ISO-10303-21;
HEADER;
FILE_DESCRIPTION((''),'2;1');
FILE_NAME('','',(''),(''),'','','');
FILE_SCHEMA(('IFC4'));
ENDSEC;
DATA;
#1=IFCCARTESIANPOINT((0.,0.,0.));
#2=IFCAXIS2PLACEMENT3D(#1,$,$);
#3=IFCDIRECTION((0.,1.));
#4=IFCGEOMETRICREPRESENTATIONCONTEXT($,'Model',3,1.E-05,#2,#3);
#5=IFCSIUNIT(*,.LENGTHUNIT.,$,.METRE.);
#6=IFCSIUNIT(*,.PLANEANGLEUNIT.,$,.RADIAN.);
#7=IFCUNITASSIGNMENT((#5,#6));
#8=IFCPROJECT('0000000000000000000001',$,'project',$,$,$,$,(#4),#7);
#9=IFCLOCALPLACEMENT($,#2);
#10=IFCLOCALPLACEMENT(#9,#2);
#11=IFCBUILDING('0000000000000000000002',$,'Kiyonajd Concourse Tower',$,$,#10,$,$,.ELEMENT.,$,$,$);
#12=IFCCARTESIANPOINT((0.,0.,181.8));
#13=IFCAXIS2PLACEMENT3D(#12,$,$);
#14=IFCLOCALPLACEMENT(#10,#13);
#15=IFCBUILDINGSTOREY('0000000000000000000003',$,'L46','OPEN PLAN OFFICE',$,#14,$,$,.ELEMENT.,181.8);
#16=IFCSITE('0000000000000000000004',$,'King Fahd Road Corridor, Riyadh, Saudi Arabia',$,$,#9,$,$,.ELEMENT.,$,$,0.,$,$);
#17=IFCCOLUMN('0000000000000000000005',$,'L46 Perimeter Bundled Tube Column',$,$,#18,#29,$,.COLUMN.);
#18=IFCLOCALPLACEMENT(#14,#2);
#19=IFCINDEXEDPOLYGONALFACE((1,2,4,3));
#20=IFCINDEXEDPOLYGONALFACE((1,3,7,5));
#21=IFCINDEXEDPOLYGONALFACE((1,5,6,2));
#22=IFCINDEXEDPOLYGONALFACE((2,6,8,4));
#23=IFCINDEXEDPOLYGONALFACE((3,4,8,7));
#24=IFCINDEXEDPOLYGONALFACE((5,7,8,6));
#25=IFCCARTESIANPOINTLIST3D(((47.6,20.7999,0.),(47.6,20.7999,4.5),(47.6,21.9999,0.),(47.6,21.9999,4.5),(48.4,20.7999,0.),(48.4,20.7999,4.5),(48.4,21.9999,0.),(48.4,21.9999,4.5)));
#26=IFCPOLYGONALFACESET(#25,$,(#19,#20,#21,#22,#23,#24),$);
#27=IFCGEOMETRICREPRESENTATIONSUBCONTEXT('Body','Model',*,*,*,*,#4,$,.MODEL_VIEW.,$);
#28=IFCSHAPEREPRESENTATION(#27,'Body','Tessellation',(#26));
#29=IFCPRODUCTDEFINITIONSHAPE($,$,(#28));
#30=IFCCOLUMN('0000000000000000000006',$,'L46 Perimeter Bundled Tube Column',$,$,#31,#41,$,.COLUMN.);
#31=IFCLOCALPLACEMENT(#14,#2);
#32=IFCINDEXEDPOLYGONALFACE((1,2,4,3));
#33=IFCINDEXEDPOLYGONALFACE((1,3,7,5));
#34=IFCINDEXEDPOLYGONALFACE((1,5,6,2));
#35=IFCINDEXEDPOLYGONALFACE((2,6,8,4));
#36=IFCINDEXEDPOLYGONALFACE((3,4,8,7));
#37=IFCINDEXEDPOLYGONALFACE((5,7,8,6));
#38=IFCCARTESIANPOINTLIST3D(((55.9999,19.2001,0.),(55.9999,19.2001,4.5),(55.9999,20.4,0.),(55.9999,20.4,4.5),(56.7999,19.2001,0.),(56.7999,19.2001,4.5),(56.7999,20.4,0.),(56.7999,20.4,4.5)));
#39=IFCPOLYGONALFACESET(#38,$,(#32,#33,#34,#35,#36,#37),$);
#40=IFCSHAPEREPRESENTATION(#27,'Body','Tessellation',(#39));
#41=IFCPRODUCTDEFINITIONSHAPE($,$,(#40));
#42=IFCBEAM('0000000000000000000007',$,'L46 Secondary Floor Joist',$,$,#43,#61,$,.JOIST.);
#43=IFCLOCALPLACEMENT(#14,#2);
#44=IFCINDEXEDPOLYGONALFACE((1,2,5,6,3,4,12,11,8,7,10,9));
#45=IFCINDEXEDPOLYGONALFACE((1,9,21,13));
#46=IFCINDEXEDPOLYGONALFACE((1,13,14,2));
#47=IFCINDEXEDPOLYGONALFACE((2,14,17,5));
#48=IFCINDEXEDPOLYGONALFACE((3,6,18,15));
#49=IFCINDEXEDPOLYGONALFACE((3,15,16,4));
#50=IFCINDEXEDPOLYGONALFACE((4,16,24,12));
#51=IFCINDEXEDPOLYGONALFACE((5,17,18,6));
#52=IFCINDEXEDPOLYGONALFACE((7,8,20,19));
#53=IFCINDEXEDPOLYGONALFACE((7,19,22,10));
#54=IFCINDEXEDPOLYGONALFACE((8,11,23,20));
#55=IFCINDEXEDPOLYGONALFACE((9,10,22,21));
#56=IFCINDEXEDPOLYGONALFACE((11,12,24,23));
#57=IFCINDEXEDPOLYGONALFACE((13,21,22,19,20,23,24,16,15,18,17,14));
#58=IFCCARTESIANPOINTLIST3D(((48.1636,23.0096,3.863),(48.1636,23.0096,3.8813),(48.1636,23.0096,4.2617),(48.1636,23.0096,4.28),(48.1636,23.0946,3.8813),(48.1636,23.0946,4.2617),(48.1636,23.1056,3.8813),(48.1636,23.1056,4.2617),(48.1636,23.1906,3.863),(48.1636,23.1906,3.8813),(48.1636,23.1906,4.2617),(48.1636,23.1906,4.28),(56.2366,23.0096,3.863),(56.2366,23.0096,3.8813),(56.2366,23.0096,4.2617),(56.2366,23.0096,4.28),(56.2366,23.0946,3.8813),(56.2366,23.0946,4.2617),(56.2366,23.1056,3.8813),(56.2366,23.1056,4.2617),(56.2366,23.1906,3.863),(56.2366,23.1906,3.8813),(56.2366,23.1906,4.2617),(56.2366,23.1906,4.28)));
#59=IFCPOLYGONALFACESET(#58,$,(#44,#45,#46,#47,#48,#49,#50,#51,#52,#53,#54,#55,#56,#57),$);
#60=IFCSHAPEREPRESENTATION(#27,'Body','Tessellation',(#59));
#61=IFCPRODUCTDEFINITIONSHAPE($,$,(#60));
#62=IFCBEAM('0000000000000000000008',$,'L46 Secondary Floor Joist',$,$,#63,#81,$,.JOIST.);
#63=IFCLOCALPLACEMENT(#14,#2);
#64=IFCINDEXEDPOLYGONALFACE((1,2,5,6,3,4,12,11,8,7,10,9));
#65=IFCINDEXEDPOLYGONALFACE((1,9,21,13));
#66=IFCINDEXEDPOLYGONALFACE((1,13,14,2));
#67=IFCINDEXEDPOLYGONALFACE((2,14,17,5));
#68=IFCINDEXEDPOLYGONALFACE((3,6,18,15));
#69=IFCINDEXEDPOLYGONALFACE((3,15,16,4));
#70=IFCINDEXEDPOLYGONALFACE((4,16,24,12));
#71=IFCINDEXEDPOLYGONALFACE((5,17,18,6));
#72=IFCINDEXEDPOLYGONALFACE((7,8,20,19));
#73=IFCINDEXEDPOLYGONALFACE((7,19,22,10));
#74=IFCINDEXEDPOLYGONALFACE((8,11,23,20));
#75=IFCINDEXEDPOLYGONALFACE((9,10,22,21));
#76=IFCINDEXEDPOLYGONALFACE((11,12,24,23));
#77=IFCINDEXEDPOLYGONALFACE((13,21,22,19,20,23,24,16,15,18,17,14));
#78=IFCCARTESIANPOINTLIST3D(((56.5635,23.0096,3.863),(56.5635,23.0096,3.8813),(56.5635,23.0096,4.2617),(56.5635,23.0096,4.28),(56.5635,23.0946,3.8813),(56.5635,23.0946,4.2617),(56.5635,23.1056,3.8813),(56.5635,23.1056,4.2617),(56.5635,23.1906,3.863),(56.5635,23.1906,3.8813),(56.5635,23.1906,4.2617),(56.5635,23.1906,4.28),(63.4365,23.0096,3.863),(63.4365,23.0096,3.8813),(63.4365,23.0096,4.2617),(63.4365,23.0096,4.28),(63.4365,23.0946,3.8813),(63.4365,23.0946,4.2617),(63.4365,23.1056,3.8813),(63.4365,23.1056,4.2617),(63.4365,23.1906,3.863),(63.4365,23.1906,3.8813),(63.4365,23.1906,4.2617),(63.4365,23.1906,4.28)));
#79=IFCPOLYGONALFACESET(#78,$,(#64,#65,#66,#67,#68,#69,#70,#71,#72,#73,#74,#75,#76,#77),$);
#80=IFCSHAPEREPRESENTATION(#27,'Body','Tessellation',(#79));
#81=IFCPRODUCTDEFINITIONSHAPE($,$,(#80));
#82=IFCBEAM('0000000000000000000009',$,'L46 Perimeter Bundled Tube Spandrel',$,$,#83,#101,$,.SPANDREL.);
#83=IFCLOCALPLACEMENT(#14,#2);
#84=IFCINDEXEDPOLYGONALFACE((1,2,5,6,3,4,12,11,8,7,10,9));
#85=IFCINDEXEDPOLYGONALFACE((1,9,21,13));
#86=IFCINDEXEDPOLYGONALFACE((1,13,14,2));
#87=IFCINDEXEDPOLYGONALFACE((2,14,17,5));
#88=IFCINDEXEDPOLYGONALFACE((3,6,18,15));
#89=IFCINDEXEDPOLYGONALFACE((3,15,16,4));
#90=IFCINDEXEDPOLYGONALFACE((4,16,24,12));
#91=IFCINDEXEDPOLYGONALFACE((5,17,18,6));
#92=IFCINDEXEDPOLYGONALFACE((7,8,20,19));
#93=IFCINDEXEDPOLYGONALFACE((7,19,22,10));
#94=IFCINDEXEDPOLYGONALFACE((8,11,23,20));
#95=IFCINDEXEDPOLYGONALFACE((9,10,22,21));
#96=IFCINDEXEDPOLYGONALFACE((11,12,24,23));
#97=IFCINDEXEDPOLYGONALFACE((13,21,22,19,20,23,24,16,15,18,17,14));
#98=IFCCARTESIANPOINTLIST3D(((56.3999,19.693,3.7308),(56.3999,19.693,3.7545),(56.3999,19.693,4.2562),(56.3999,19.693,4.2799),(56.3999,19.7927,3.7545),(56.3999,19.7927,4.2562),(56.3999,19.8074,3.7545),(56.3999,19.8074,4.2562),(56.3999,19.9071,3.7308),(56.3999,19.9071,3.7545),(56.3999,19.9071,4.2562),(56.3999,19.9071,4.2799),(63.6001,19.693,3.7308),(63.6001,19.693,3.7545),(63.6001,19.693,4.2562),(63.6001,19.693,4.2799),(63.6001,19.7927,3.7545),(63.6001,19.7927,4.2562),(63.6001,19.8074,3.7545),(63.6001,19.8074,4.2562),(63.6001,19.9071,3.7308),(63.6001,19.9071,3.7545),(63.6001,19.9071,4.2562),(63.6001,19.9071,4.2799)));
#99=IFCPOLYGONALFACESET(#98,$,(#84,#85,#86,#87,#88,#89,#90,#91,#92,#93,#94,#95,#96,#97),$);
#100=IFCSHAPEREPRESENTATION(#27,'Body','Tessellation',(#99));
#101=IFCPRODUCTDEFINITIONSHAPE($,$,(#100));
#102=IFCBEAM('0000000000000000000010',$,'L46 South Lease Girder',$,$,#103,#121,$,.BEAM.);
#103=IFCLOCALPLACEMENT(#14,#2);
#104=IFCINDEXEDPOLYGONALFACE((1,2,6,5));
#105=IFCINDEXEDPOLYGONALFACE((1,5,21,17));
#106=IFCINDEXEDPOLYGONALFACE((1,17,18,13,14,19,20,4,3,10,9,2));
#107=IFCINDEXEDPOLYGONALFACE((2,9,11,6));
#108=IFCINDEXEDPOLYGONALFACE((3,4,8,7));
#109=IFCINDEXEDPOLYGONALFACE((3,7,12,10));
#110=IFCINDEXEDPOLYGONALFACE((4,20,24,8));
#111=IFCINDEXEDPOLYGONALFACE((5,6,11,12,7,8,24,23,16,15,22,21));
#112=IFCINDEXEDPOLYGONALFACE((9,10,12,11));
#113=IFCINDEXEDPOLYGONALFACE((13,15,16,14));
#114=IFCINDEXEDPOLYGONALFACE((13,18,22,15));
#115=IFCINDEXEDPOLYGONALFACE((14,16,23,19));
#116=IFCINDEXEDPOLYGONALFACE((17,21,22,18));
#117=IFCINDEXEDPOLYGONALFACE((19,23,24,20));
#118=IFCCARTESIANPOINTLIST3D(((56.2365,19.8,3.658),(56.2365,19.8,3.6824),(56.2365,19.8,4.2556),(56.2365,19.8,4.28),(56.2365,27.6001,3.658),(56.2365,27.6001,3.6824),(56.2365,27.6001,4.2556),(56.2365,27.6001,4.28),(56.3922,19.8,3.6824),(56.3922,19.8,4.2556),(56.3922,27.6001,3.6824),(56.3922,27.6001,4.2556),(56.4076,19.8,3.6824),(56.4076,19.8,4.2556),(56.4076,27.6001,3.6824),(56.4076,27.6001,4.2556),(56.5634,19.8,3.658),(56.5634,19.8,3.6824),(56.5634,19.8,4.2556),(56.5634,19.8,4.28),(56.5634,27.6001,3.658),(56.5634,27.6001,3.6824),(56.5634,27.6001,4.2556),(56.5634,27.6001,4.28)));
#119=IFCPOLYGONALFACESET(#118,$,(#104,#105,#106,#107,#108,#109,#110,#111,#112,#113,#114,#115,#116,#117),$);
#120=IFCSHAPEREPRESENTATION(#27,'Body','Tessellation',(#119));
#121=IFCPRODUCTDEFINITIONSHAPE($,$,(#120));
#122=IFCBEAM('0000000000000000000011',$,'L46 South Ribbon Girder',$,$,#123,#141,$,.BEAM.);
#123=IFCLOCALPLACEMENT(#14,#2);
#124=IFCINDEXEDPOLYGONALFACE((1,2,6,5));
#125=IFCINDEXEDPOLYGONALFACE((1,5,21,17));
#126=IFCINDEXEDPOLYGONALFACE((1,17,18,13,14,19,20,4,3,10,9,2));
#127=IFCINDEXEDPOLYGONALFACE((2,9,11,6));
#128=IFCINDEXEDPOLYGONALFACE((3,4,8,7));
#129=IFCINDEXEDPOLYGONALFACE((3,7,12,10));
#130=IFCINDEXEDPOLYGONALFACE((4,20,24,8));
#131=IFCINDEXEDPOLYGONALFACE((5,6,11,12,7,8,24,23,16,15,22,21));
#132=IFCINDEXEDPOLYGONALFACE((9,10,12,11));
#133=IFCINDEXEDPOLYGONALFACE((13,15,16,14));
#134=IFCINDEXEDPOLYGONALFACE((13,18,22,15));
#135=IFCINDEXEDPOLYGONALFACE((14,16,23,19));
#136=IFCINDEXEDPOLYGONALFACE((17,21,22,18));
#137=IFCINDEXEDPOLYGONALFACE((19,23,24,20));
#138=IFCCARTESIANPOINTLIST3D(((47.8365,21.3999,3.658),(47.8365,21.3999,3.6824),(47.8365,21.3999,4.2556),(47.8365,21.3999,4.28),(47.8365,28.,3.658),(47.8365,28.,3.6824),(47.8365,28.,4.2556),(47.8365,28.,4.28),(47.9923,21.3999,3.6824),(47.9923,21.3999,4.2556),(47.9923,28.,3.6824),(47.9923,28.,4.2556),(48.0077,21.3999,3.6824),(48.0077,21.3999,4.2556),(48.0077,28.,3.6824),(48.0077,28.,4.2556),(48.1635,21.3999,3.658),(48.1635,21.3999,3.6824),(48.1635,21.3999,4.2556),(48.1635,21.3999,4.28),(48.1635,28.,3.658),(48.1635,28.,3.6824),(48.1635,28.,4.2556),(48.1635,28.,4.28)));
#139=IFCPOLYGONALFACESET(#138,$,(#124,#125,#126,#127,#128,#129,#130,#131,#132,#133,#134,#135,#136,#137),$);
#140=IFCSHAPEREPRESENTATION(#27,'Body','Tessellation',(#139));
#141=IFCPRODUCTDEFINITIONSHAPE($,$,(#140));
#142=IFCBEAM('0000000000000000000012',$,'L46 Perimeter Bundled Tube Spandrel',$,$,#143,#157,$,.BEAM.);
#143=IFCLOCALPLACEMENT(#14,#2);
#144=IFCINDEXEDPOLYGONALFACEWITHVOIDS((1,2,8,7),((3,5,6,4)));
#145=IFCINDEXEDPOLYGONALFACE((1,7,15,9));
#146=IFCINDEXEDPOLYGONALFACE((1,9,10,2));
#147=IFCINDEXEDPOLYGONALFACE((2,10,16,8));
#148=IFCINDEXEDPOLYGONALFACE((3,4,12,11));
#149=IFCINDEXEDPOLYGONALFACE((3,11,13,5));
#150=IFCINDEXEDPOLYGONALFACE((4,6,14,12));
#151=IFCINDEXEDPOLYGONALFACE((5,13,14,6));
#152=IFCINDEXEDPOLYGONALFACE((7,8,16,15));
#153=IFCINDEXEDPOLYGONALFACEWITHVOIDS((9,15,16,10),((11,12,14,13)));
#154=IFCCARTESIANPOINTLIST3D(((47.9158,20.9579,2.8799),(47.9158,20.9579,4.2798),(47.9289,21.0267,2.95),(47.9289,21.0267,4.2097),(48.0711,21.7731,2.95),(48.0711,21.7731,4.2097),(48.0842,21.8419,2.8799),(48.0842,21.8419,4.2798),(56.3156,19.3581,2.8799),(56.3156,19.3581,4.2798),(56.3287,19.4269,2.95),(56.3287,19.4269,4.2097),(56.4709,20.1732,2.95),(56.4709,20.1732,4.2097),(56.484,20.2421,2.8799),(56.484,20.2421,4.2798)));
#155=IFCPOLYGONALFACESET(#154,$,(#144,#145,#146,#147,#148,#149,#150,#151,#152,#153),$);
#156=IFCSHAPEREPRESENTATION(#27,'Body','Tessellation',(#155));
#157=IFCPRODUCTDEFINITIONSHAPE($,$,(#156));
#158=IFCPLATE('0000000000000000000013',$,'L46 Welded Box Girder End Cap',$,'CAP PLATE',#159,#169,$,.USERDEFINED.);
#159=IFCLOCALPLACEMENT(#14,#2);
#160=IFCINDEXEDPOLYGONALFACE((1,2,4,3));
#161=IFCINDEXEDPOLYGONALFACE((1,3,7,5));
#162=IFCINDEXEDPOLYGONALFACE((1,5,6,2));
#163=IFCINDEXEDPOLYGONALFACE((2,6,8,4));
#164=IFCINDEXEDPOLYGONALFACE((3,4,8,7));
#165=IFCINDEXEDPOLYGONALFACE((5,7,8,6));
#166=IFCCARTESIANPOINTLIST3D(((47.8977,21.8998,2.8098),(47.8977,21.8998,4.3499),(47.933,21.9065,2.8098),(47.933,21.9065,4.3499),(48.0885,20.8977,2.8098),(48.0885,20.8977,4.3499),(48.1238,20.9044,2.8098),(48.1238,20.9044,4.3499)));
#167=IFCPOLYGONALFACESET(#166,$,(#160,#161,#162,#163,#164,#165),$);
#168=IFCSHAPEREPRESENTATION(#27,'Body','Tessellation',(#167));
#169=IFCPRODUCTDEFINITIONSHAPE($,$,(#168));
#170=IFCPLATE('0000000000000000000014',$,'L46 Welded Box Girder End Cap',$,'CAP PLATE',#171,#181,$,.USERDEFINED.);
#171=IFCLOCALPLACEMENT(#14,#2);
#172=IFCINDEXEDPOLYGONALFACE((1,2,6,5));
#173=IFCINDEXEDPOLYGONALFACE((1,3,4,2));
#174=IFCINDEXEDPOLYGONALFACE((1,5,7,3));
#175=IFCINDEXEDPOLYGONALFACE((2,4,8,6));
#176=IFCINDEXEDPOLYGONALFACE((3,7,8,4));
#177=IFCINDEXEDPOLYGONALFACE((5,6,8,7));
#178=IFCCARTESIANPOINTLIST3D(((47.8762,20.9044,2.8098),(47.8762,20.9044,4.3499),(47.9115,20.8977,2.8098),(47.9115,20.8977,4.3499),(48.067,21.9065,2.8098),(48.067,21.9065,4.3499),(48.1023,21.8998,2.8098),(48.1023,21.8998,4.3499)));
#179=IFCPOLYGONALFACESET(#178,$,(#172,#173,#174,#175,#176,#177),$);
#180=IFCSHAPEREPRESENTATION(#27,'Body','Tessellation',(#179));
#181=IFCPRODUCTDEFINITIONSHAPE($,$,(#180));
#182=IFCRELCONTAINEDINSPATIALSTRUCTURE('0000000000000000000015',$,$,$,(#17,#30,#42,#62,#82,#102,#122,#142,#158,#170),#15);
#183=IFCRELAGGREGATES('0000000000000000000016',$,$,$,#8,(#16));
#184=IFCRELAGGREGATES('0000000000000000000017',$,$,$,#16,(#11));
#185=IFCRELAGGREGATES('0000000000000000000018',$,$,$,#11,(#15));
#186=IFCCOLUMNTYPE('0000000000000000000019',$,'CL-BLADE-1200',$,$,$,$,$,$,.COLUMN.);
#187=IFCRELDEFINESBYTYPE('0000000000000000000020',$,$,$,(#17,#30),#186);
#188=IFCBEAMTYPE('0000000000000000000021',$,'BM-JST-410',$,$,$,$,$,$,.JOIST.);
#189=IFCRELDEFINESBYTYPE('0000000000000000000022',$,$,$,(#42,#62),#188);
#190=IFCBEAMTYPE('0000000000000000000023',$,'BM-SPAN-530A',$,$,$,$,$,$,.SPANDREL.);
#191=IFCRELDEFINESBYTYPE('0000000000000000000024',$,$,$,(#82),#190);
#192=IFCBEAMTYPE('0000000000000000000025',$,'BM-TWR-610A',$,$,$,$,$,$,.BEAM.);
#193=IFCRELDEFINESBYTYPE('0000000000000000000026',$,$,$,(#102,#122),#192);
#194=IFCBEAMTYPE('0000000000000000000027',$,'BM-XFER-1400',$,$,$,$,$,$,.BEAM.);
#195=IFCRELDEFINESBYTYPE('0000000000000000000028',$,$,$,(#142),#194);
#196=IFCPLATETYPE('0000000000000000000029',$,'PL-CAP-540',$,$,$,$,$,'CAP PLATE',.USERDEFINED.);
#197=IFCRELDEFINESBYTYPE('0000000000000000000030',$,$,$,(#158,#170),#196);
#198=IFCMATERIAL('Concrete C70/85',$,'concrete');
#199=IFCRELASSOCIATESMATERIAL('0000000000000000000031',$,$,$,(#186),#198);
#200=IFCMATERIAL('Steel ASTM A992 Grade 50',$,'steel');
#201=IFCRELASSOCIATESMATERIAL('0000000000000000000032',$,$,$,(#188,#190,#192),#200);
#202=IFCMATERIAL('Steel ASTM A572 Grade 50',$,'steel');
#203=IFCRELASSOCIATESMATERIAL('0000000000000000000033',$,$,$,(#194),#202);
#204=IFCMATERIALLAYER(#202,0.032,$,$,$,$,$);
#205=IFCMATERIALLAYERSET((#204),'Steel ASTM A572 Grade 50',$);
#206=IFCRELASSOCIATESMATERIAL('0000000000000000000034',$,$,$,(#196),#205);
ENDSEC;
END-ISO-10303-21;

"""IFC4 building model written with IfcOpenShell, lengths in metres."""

from ifc_helpers import new_model, si_unit, direction, frame, origin, origin_2d, place, context, subcontext, project, spatial, rectangle, hollow_rectangle, i_section, extrude, material, layer, layer_set, material_profile, profile_set, type_object, element, save


model = new_model("IFC4")

# Units and contexts
model_context = context("Model", 3, precision=1e-05, world=origin(), true_north=direction((0.0, 1.0)))
body_context = subcontext(model_context, "Body", "Model", "MODEL_VIEW")
ifc_project = project(units=[si_unit("LENGTHUNIT", "METRE"), si_unit("PLANEANGLEUNIT", "RADIAN")], contexts=[model_context])

# Site, building, storey
site_placement = place(None, origin())
site = spatial("IfcSite", under=ifc_project, at=site_placement, Name="King Fahd Road Corridor, Riyadh, Saudi Arabia", CompositionType="ELEMENT", RefElevation=0.0)
building_placement = place(site_placement, origin())
building = spatial("IfcBuilding", under=site, at=building_placement, Name="Kiyonajd Concourse Tower", CompositionType="ELEMENT")
storey_placement = place(building_placement, frame((0.0, 0.0, 181.8)))
storey = spatial("IfcBuildingStorey", under=building, at=storey_placement, Name="L46", Description="OPEN PLAN OFFICE", CompositionType="ELEMENT", Elevation=181.8)

# Columns
ifc_material_1 = material(Name="Concrete C70/85", Category="concrete")
ifc_material_profile_1 = material_profile(ifc_material_1, rectangle(XDim=0.8, YDim=1.2, at=origin_2d()), Name="RC-1200x800")
ifc_profile_set_1 = profile_set([ifc_material_profile_1], Name="Concrete C70/85")
column_type = type_object("IfcColumnType", Name="CL-BLADE-1200", PredefinedType="COLUMN", material=ifc_profile_set_1)
for number, where, z_axis, x_axis, name in (
    (1, (48.0, 21.3999, 0.0), (0.0, 0.0, 1.0), (1.0, 0.0, 0.0), "L46 Perimeter Bundled Tube Column"),
    (2, (56.3999, 19.8, 0.0), (0.0, 0.0, 1.0), (1.0, 0.0, 0.0), "L46 Perimeter Bundled Tube Column"),
):
    element("IfcColumn", number, at=place(storey_placement, frame(where, z_axis=z_axis, x_axis=x_axis)), inside=storey, type_object=column_type, Name=name, PredefinedType="COLUMN", context=body_context, shape_type="SweptSolid", body=[
        extrude(rectangle(XDim=0.8, YDim=1.2, at=origin_2d()), origin(), (0.0, 0.0, 1.0), 4.5),
    ])

# Beams
ifc_material_2 = material(Name="Steel ASTM A992 Grade 50", Category="steel")
ifc_material_profile_2 = material_profile(ifc_material_2, i_section(OverallWidth=0.1809, OverallDepth=0.417, WebThickness=0.011, FlangeThickness=0.0183, at=origin_2d()), Name="W410X85")
ifc_profile_set_2 = profile_set([ifc_material_profile_2], Name="Steel ASTM A992 Grade 50")
beam_type_1 = type_object("IfcBeamType", Name="BM-JST-410", PredefinedType="JOIST", material=ifc_profile_set_2)
beam_1_placement = place(storey_placement, frame((48.1636, 23.1001, 4.0715), z_axis=(1.0, 0.0, 0.0), x_axis=(0.0, 1.0, 0.0)))
element("IfcBeam", 3, at=beam_1_placement, inside=storey, type_object=beam_type_1, Name="L46 Secondary Floor Joist", PredefinedType="JOIST", context=body_context, shape_type="SweptSolid", body=[
    extrude(i_section(OverallWidth=0.1809, OverallDepth=0.417, WebThickness=0.011, FlangeThickness=0.0183, at=origin_2d()), origin(), (0.0, 0.0, 1.0), 8.073),
])
beam_2_placement = place(storey_placement, frame((56.5635, 23.1001, 4.0715), z_axis=(1.0, 0.0, 0.0), x_axis=(0.0, 1.0, 0.0)))
element("IfcBeam", 4, at=beam_2_placement, inside=storey, type_object=beam_type_1, Name="L46 Secondary Floor Joist", PredefinedType="JOIST", context=body_context, shape_type="SweptSolid", body=[
    extrude(i_section(OverallWidth=0.1809, OverallDepth=0.417, WebThickness=0.011, FlangeThickness=0.0183, at=origin_2d()), origin(), (0.0, 0.0, 1.0), 6.873),
])
ifc_material_profile_3 = material_profile(ifc_material_2, i_section(OverallWidth=0.2141, OverallDepth=0.5491, WebThickness=0.0146, FlangeThickness=0.0237, at=origin_2d()), Name="W530X138")
ifc_profile_set_3 = profile_set([ifc_material_profile_3], Name="Steel ASTM A992 Grade 50")
beam_type_2 = type_object("IfcBeamType", Name="BM-SPAN-530A", PredefinedType="SPANDREL", material=ifc_profile_set_3)
beam_3_placement = place(storey_placement, frame((56.3999, 19.8, 4.0054), z_axis=(1.0, 0.0, 0.0), x_axis=(0.0, 1.0, 0.0)))
element("IfcBeam", 5, at=beam_3_placement, inside=storey, type_object=beam_type_2, Name="L46 Perimeter Bundled Tube Spandrel", PredefinedType="SPANDREL", context=body_context, shape_type="SweptSolid", body=[
    extrude(i_section(OverallWidth=0.2141, OverallDepth=0.5491, WebThickness=0.0146, FlangeThickness=0.0237, at=origin_2d()), origin(), (0.0, 0.0, 1.0), 7.2002),
])
ifc_material_profile_4 = material_profile(ifc_material_2, i_section(OverallWidth=0.3269, OverallDepth=0.6221, WebThickness=0.0154, FlangeThickness=0.0244, at=origin_2d()), Name="W610X195")
ifc_profile_set_4 = profile_set([ifc_material_profile_4], Name="Steel ASTM A992 Grade 50")
beam_type_3 = type_object("IfcBeamType", Name="BM-TWR-610A", PredefinedType="BEAM", material=ifc_profile_set_4)
beam_4_placement = place(storey_placement, frame((56.3999, 19.8, 3.969), z_axis=(0.0, 1.0, 0.0), x_axis=(-1.0, 0.0, 0.0)))
element("IfcBeam", 6, at=beam_4_placement, inside=storey, type_object=beam_type_3, Name="L46 South Lease Girder", PredefinedType="BEAM", context=body_context, shape_type="SweptSolid", body=[
    extrude(i_section(OverallWidth=0.3269, OverallDepth=0.6221, WebThickness=0.0154, FlangeThickness=0.0244, at=origin_2d()), origin(), (0.0, 0.0, 1.0), 7.8),
])
beam_5_placement = place(storey_placement, frame((48.0, 21.3999, 3.969), z_axis=(0.0, 1.0, 0.0), x_axis=(-1.0, 0.0, 0.0)))
element("IfcBeam", 7, at=beam_5_placement, inside=storey, type_object=beam_type_3, Name="L46 South Ribbon Girder", PredefinedType="BEAM", context=body_context, shape_type="SweptSolid", body=[
    extrude(i_section(OverallWidth=0.3269, OverallDepth=0.6221, WebThickness=0.0154, FlangeThickness=0.0244, at=origin_2d()), origin(), (0.0, 0.0, 1.0), 6.6001),
])
ifc_material_3 = material(Name="Steel ASTM A572 Grade 50", Category="steel")
ifc_material_profile_5 = material_profile(ifc_material_3, hollow_rectangle(XDim=0.8999, YDim=1.3999, WallThickness=0.0701, at=origin_2d()), Name="BOX-1400x900x70")
ifc_profile_set_5 = profile_set([ifc_material_profile_5], Name="Steel ASTM A572 Grade 50")
beam_type_4 = type_object("IfcBeamType", Name="BM-XFER-1400", PredefinedType="BEAM", material=ifc_profile_set_5)
beam_6_placement = place(storey_placement, frame((48.0, 21.3999, 3.5798), z_axis=(0.982341, -0.187098, 0.0), x_axis=(0.187098, 0.982341, 0.0)))
element("IfcBeam", 8, at=beam_6_placement, inside=storey, type_object=beam_type_4, Name="L46 Perimeter Bundled Tube Spandrel", PredefinedType="BEAM", context=body_context, shape_type="SweptSolid", body=[
    extrude(hollow_rectangle(XDim=0.8999, YDim=1.3999, WallThickness=0.0701, at=origin_2d()), origin(), (0.0, 0.0, 1.0), 8.5508),
])

# Plates
ifc_layer_1 = layer(ifc_material_3, 0.032)
ifc_layer_set_1 = layer_set([ifc_layer_1], Name="Steel ASTM A572 Grade 50")
plate_type_1 = type_object("IfcPlateType", Name="PL-CAP-540", ElementType="CAP PLATE", PredefinedType="USERDEFINED", material=ifc_layer_set_1)
for number, where, z_axis, x_axis, name in (
    (9, (48.0107, 21.4021, 2.8098), (0.0, 0.0, 1.0), (0.982353, 0.187038, 0.0), "L46 Welded Box Girder End Cap"),
    (10, (47.9893, 21.4021, 2.8098), (0.0, 0.0, 1.0), (-0.982353, 0.187038, 0.0), "L46 Welded Box Girder End Cap"),
):
    element("IfcPlate", number, at=place(storey_placement, frame(where, z_axis=z_axis, x_axis=x_axis)), inside=storey, type_object=plate_type_1, Name=name, ObjectType="CAP PLATE", PredefinedType="USERDEFINED", context=body_context, shape_type="SweptSolid", body=[
        extrude(rectangle(XDim=0.0359, YDim=1.02, at=origin_2d()), origin(), (0.0, 0.0, 1.0), 1.54),
    ])

save(model, "model.ifc")
